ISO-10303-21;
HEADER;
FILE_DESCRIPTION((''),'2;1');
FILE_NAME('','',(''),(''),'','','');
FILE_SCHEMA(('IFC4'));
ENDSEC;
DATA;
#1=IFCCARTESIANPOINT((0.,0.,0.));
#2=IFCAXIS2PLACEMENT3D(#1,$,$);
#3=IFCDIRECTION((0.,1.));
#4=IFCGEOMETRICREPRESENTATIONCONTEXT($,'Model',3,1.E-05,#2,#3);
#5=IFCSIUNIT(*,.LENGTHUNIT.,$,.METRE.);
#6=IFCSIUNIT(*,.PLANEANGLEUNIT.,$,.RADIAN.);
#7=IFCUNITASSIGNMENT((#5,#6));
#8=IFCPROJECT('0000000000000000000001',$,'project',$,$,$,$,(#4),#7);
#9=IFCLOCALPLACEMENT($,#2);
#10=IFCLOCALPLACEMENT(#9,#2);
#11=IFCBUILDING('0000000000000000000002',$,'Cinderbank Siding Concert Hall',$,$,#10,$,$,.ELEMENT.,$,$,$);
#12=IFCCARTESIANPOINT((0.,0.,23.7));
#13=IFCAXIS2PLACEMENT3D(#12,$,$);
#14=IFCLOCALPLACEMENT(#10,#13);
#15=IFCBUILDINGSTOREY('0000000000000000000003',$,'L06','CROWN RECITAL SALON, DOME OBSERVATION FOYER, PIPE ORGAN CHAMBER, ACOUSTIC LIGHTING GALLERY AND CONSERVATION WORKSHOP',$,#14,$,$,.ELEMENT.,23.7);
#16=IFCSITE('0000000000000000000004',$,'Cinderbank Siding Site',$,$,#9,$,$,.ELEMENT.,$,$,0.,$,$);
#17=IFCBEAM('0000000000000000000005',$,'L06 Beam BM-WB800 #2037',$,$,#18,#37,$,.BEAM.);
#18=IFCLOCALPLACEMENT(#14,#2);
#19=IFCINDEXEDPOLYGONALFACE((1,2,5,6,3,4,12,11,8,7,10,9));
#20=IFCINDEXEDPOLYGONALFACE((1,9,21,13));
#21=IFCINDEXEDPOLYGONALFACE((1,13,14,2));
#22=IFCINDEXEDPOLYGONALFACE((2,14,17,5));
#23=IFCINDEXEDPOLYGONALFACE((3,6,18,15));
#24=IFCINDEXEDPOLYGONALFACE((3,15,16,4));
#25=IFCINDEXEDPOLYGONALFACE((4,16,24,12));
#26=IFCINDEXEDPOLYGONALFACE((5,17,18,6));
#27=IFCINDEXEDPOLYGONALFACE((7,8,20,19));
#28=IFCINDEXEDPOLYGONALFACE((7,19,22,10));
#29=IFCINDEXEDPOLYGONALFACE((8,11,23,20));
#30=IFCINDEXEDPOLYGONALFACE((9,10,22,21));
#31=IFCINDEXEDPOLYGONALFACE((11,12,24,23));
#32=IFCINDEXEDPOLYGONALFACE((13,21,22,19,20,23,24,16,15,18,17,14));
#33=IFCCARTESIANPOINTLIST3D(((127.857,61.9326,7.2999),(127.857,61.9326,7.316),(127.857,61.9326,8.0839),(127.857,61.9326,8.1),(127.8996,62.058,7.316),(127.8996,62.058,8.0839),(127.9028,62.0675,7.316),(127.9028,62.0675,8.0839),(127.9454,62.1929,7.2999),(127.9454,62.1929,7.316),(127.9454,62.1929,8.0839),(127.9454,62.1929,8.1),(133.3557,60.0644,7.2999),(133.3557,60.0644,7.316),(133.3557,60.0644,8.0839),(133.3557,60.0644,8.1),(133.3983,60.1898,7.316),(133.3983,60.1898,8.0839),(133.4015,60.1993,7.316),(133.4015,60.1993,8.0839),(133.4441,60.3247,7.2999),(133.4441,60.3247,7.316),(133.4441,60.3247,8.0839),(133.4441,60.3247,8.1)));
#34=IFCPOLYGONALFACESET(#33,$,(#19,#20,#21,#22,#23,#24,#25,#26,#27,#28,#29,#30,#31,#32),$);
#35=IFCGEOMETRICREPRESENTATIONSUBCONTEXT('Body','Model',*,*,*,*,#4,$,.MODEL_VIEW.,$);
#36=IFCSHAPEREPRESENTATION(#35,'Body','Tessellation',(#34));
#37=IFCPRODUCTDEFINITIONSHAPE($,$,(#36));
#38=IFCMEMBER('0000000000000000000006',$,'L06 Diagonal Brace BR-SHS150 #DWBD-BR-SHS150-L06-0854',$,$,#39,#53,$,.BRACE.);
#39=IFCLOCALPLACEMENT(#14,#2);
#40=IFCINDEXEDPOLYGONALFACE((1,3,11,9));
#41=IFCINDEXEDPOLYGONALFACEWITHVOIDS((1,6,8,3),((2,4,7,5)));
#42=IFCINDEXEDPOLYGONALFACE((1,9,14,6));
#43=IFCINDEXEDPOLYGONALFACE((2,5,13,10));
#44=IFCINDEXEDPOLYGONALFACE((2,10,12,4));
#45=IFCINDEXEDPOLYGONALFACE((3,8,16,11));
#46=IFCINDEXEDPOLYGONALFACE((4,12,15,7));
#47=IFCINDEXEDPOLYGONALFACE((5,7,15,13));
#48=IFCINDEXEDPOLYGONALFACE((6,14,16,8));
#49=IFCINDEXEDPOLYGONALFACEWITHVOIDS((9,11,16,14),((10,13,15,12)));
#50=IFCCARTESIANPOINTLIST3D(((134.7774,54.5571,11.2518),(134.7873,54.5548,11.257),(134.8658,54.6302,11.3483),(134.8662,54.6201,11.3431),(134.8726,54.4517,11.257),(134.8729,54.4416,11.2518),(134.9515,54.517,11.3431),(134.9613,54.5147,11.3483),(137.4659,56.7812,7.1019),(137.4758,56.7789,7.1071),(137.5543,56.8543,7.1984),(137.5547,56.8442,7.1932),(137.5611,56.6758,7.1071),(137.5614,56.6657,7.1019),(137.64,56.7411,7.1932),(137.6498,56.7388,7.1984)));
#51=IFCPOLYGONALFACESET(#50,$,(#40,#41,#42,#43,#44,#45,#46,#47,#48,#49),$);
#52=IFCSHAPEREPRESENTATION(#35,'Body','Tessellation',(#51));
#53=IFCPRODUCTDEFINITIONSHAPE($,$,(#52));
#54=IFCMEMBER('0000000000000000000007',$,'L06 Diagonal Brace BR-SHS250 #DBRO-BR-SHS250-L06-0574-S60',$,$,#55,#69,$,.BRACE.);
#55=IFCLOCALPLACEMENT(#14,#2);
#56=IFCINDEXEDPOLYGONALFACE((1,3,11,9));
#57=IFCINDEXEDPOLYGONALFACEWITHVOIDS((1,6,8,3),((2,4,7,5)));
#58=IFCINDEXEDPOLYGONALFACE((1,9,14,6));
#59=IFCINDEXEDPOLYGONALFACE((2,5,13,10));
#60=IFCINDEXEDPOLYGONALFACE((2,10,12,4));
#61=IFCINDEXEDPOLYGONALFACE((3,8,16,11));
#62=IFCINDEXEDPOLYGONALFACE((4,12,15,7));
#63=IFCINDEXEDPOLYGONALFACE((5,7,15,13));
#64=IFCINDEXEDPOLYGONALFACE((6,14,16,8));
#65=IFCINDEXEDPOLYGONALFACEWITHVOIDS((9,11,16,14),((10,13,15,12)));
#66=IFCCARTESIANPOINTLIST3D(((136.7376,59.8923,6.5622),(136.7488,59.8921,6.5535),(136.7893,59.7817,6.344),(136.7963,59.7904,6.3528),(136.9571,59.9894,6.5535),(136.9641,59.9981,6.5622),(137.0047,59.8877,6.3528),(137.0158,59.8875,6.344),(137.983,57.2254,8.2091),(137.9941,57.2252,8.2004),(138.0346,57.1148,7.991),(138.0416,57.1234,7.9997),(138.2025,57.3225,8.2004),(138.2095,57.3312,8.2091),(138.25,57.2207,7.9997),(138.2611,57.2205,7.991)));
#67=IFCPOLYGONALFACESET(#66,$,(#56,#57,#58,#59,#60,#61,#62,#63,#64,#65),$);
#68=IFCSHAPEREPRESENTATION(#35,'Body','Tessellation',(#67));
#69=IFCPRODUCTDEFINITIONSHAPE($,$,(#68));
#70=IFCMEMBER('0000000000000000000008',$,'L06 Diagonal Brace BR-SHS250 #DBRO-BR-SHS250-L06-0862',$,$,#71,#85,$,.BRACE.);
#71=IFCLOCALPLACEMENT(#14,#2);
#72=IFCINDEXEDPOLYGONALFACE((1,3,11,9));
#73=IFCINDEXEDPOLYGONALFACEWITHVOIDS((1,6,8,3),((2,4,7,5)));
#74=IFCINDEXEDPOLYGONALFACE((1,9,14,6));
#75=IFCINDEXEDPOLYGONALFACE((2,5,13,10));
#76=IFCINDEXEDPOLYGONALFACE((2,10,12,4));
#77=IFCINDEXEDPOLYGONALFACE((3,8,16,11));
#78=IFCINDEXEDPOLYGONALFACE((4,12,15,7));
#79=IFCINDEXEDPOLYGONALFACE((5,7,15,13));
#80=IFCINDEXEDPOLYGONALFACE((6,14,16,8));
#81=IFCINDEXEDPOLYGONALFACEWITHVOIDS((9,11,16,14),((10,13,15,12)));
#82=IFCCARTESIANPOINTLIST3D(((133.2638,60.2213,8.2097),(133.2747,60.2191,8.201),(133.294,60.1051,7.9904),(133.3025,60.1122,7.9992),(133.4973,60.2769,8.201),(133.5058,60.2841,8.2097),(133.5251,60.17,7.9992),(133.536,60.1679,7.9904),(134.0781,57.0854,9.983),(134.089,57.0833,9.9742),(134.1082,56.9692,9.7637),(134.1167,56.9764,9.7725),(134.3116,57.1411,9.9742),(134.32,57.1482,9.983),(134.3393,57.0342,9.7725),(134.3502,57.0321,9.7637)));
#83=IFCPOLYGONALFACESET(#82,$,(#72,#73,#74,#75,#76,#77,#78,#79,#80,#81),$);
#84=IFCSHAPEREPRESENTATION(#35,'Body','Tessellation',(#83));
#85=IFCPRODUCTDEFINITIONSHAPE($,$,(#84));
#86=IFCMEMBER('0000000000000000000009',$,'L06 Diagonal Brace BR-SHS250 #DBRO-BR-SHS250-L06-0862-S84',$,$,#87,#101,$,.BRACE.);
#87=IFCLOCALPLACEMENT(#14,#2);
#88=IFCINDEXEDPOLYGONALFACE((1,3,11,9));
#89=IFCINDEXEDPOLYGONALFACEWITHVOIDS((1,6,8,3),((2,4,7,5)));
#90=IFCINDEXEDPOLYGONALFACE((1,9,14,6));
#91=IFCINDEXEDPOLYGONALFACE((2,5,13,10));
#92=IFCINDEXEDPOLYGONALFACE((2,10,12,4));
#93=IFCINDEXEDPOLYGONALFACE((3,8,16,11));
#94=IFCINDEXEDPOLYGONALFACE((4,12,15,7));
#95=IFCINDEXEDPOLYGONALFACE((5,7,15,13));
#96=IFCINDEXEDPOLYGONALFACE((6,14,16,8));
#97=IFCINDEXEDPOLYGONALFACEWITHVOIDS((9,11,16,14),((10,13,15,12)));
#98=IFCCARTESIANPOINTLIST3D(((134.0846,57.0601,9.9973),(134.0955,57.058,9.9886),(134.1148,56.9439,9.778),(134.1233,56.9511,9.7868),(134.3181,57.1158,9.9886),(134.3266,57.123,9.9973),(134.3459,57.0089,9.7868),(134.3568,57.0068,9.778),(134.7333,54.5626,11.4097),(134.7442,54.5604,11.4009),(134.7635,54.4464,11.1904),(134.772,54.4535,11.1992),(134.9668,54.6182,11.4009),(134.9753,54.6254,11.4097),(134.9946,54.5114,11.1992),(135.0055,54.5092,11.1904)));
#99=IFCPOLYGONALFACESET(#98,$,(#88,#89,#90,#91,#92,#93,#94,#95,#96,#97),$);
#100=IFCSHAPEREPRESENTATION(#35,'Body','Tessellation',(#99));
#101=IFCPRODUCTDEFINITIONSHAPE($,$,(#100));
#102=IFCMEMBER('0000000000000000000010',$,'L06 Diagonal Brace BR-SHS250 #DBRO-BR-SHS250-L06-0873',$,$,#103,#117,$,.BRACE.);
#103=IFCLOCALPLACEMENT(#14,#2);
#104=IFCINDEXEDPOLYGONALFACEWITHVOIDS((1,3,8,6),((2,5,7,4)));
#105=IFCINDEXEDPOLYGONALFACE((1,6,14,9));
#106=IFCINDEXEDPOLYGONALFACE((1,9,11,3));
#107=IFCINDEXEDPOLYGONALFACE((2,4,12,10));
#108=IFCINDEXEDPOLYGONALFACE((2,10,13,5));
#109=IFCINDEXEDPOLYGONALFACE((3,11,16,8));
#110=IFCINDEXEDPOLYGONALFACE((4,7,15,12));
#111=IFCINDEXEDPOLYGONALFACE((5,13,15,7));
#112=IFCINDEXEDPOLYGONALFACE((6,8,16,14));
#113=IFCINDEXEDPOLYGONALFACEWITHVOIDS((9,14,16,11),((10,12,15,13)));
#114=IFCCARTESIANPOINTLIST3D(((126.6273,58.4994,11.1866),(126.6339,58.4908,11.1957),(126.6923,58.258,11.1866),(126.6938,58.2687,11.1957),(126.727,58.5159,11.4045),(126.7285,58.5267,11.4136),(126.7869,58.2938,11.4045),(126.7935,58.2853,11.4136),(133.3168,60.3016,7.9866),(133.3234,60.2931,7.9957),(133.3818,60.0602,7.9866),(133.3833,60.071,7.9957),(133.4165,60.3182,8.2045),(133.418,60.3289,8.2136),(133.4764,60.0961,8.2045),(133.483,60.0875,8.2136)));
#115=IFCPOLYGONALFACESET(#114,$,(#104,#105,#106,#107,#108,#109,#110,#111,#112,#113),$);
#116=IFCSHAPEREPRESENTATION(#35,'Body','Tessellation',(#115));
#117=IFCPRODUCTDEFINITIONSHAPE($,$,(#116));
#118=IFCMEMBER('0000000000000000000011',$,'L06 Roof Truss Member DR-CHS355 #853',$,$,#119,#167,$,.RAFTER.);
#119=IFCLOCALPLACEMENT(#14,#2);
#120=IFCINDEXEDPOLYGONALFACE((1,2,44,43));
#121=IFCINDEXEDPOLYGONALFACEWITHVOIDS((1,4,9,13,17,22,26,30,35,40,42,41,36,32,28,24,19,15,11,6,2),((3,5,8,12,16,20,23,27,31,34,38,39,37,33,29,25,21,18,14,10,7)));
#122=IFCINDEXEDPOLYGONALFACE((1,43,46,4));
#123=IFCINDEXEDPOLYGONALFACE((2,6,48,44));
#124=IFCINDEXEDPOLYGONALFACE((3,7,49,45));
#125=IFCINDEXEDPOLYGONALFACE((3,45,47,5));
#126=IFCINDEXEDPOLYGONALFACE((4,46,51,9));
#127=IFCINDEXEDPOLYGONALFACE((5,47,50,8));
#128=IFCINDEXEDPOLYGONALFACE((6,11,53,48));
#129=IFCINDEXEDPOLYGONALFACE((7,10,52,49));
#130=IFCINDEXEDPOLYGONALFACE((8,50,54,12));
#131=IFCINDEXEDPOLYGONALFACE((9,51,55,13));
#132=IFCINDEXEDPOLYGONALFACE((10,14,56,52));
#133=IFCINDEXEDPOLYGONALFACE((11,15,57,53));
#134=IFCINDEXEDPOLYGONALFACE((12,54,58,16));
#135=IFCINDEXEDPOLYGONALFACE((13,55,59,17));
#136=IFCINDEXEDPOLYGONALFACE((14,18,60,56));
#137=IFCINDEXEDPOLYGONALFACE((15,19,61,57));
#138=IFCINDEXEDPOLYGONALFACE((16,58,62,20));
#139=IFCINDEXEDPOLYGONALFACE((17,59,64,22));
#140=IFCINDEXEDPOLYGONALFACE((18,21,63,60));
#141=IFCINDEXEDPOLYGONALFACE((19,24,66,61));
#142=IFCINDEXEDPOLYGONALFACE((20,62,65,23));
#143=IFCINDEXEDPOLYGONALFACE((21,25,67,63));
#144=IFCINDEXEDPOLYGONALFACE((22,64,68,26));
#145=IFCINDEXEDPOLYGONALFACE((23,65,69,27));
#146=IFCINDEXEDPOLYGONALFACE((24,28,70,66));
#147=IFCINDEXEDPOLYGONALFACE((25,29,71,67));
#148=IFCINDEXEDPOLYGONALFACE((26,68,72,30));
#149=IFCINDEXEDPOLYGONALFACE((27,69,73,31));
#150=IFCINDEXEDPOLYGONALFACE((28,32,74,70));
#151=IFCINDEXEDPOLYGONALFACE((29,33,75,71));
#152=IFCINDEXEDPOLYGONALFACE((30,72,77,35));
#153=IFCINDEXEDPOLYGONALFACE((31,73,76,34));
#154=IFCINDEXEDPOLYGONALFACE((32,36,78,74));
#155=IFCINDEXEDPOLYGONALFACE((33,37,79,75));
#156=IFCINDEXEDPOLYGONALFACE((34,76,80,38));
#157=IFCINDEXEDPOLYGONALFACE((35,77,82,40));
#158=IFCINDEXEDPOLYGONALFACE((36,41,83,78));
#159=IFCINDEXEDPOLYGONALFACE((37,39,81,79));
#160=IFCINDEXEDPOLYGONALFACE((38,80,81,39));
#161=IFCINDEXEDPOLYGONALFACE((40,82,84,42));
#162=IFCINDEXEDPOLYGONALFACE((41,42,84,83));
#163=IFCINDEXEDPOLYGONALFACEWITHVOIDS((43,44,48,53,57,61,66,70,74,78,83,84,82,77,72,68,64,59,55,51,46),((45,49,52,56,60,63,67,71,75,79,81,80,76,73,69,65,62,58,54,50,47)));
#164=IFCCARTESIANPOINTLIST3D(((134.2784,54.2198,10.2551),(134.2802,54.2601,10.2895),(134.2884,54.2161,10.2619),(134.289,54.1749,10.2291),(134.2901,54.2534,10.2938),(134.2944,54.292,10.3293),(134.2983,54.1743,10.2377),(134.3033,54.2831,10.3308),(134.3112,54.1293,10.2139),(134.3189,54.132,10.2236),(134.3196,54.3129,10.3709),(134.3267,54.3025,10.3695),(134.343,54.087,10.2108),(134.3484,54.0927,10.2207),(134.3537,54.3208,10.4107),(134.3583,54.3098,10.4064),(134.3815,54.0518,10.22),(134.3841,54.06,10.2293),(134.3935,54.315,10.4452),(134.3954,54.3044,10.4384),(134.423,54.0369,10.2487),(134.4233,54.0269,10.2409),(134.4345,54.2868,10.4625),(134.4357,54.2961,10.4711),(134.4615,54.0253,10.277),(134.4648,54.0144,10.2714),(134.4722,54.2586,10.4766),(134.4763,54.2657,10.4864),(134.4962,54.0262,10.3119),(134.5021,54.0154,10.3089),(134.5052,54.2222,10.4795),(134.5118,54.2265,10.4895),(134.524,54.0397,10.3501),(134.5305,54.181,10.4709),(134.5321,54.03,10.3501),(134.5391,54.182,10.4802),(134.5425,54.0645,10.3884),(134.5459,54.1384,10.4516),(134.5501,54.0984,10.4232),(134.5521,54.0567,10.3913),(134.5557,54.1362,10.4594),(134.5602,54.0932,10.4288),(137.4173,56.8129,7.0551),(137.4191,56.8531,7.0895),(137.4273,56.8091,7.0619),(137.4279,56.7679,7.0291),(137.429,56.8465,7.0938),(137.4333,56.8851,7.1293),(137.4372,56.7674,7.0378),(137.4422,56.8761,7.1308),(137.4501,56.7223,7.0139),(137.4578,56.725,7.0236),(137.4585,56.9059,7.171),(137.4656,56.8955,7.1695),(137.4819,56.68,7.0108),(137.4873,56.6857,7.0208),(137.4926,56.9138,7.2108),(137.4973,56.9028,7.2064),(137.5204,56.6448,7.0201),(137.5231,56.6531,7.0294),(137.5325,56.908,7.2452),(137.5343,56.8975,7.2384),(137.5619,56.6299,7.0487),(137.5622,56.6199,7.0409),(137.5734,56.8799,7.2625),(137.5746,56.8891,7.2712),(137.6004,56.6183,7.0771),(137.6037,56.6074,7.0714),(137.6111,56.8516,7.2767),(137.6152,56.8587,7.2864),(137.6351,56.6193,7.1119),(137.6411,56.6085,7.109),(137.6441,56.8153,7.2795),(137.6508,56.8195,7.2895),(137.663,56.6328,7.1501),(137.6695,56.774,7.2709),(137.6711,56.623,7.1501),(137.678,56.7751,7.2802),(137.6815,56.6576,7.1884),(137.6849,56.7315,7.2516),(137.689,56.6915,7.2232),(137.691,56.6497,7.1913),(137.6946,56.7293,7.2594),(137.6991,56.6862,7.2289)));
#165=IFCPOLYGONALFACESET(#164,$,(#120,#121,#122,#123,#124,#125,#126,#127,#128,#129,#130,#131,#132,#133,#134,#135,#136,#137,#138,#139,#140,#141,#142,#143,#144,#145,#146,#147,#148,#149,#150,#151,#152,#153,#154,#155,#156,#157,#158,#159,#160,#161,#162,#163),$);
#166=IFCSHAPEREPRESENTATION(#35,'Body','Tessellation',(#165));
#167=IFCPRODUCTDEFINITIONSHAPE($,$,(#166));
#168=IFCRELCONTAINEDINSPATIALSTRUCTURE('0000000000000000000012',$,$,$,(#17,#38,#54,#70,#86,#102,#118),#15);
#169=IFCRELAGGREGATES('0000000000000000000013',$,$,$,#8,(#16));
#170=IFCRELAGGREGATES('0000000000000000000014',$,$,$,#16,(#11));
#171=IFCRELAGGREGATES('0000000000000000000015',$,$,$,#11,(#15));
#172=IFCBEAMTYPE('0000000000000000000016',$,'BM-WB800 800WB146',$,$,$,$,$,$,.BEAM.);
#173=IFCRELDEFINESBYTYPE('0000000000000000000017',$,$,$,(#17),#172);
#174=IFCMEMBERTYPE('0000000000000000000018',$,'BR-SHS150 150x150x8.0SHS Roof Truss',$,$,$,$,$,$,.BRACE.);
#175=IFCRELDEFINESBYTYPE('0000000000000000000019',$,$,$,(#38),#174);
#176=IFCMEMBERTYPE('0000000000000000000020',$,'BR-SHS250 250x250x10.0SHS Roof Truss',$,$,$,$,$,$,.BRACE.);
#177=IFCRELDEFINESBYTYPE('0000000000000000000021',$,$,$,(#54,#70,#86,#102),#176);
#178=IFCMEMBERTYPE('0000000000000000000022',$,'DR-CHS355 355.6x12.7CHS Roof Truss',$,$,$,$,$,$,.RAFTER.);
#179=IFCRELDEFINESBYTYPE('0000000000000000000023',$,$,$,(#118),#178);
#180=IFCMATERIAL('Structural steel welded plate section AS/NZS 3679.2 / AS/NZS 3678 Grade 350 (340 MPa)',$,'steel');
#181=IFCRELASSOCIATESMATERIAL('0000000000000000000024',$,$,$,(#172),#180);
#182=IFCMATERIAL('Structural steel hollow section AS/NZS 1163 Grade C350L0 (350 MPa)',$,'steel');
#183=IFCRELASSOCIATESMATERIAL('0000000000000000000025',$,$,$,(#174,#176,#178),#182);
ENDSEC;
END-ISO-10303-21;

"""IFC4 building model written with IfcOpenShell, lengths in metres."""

from ifc_helpers import new_model, si_unit, direction, frame, origin, origin_2d, place, context, subcontext, project, spatial, hollow_rectangle, hollow_circle, i_section, extrude, material, material_profile, profile_set, type_object, element, save


model = new_model("IFC4")

# Units and contexts
model_context = context("Model", 3, precision=1e-05, world=origin(), true_north=direction((0.0, 1.0)))
body_context = subcontext(model_context, "Body", "Model", "MODEL_VIEW")
ifc_project = project(units=[si_unit("LENGTHUNIT", "METRE"), si_unit("PLANEANGLEUNIT", "RADIAN")], contexts=[model_context])

# Site, building, storey
site_placement = place(None, origin())
site = spatial("IfcSite", under=ifc_project, at=site_placement, Name="Cinderbank Siding Site", CompositionType="ELEMENT", RefElevation=0.0)
building_placement = place(site_placement, origin())
building = spatial("IfcBuilding", under=site, at=building_placement, Name="Cinderbank Siding Concert Hall", CompositionType="ELEMENT")
storey_placement = place(building_placement, frame((0.0, 0.0, 23.7)))
storey = spatial("IfcBuildingStorey", under=building, at=storey_placement, Name="L06", Description="CROWN RECITAL SALON, DOME OBSERVATION FOYER, PIPE ORGAN CHAMBER, ACOUSTIC LIGHTING GALLERY AND CONSERVATION WORKSHOP", CompositionType="ELEMENT", Elevation=23.7)

# Beam
ifc_material_1 = material(Name="Structural steel welded plate section AS/NZS 3679.2 / AS/NZS 3678 Grade 350 (340 MPa)", Category="steel")
ifc_material_profile_1 = material_profile(ifc_material_1, i_section(OverallWidth=0.2749, OverallDepth=0.8, WebThickness=0.01, FlangeThickness=0.0161, at=origin_2d()), Name="800WB146", Category="LoadBearing")
ifc_profile_set_1 = profile_set([ifc_material_profile_1], Name="Structural steel welded plate section AS/NZS 3679.2 / AS/NZS 3678 Grade 350 (340 MPa)")
beam_type = type_object("IfcBeamType", Name="BM-WB800 800WB146", PredefinedType="BEAM", material=ifc_profile_set_1)
beam_placement = place(storey_placement, frame((133.3999, 60.1946, 7.7), z_axis=(-0.946847, 0.321683, 0.0), x_axis=(-0.321683, -0.946847, 0.0)))
element("IfcBeam", 1, at=beam_placement, inside=storey, type_object=beam_type, Name="L06 Beam BM-WB800 #2037", PredefinedType="BEAM", context=body_context, shape_type="SweptSolid", body=[
    extrude(i_section(OverallWidth=0.2749, OverallDepth=0.8, WebThickness=0.01, FlangeThickness=0.0161, at=origin_2d()), origin(), (0.0, 0.0, 1.0), 5.8074),
])

# Members
ifc_material_2 = material(Name="Structural steel hollow section AS/NZS 1163 Grade C350L0 (350 MPa)", Category="steel")
ifc_material_profile_2 = material_profile(ifc_material_2, hollow_rectangle(XDim=0.1499, YDim=0.1499, WallThickness=0.0081, at=origin_2d()), Name="150x150x8.0SHS", Category="LoadBearing")
ifc_profile_set_2 = profile_set([ifc_material_profile_2], Name="Structural steel hollow section AS/NZS 1163 Grade C350L0 (350 MPa)")
member_type_1 = type_object("IfcMemberType", Name="BR-SHS150 150x150x8.0SHS Roof Truss", PredefinedType="BRACE", material=ifc_profile_set_2)
member_1_placement = place(storey_placement, frame((137.5579, 56.76, 7.1501), z_axis=(-0.495861, -0.410215, 0.765405), x_axis=(0.637427, -0.77051, 0.0)))
element("IfcMember", 2, at=member_1_placement, inside=storey, type_object=member_type_1, Name="L06 Diagonal Brace BR-SHS150 #DWBD-BR-SHS150-L06-0854", PredefinedType="BRACE", context=body_context, shape_type="SweptSolid", body=[
    extrude(hollow_rectangle(XDim=0.1499, YDim=0.1499, WallThickness=0.0081, at=origin_2d()), origin(), (0.0, 0.0, 1.0), 5.4219),
])
ifc_material_profile_3 = material_profile(ifc_material_2, hollow_rectangle(XDim=0.25, YDim=0.25, WallThickness=0.01, at=origin_2d()), Name="250x250x10.0SHS", Category="LoadBearing")
ifc_profile_set_3 = profile_set([ifc_material_profile_3], Name="Structural steel hollow section AS/NZS 1163 Grade C350L0 (350 MPa)")
member_type_2 = type_object("IfcMemberType", Name="BR-SHS250 250x250x10.0SHS Roof Truss", PredefinedType="BRACE", material=ifc_profile_set_3)
member_2_placement = place(storey_placement, frame((136.8767, 59.8899, 6.4531), z_axis=(0.369228, -0.790718, 0.488299), x_axis=(0.906084, 0.423099, 0.0)))
element("IfcMember", 3, at=member_2_placement, inside=storey, type_object=member_type_2, Name="L06 Diagonal Brace BR-SHS250 #DBRO-BR-SHS250-L06-0574-S60", PredefinedType="BRACE", context=body_context, shape_type="SweptSolid", body=[
    extrude(hollow_rectangle(XDim=0.25, YDim=0.25, WallThickness=0.01, at=origin_2d()), origin(), (0.0, 0.0, 1.0), 3.3728),
])
member_3_placement = place(storey_placement, frame((133.3999, 60.1946, 8.1001), z_axis=(0.220459, -0.849049, 0.480118), x_axis=(0.967904, 0.25132, 0.0)))
element("IfcMember", 4, at=member_3_placement, inside=storey, type_object=member_type_2, Name="L06 Diagonal Brace BR-SHS250 #DBRO-BR-SHS250-L06-0862", PredefinedType="BRACE", context=body_context, shape_type="SweptSolid", body=[
    extrude(hollow_rectangle(XDim=0.25, YDim=0.25, WallThickness=0.01, at=origin_2d()), origin(), (0.0, 0.0, 1.0), 3.6934),
])
member_4_placement = place(storey_placement, frame((134.2207, 57.0334, 9.8877), z_axis=(0.220516, -0.849032, 0.480122), x_axis=(0.967887, 0.251386, 0.0)))
element("IfcMember", 5, at=member_4_placement, inside=storey, type_object=member_type_2, Name="L06 Diagonal Brace BR-SHS250 #DBRO-BR-SHS250-L06-0862-S84", PredefinedType="BRACE", context=body_context, shape_type="SweptSolid", body=[
    extrude(hollow_rectangle(XDim=0.25, YDim=0.25, WallThickness=0.01, at=origin_2d()), origin(), (0.0, 0.0, 1.0), 2.9417),
])
member_5_placement = place(storey_placement, frame((133.3999, 60.1946, 8.1001), z_axis=(-0.876582, -0.236165, 0.41932), x_axis=(0.26014, -0.965571, 0.0)))
element("IfcMember", 6, at=member_5_placement, inside=storey, type_object=member_type_2, Name="L06 Diagonal Brace BR-SHS250 #DBRO-BR-SHS250-L06-0873", PredefinedType="BRACE", context=body_context, shape_type="SweptSolid", body=[
    extrude(hollow_rectangle(XDim=0.25, YDim=0.25, WallThickness=0.01, at=origin_2d()), origin(), (0.0, 0.0, 1.0), 7.6313),
])
ifc_material_profile_4 = material_profile(ifc_material_2, hollow_circle(Radius=0.1777, WallThickness=0.0127, at=origin_2d()), Name="355.6x12.7CHS", Category="LoadBearing")
ifc_profile_set_4 = profile_set([ifc_material_profile_4], Name="Structural steel hollow section AS/NZS 1163 Grade C350L0 (350 MPa)")
member_type_3 = type_object("IfcMemberType", Name="DR-CHS355 355.6x12.7CHS Roof Truss", PredefinedType="RAFTER", material=ifc_profile_set_4)
member_6_placement = place(storey_placement, frame((137.5579, 56.76, 7.1501), z_axis=(-0.606151, -0.500734, 0.617938), x_axis=(0.636881, -0.770962, 0.0)))
element("IfcMember", 7, at=member_6_placement, inside=storey, type_object=member_type_3, Name="L06 Roof Truss Member DR-CHS355 #853", PredefinedType="RAFTER", context=body_context, shape_type="SweptSolid", body=[
    extrude(hollow_circle(Radius=0.1777, WallThickness=0.0127, at=origin_2d()), origin(), (0.0, 0.0, 1.0), 5.1785),
])

save(model, "model.ifc")
